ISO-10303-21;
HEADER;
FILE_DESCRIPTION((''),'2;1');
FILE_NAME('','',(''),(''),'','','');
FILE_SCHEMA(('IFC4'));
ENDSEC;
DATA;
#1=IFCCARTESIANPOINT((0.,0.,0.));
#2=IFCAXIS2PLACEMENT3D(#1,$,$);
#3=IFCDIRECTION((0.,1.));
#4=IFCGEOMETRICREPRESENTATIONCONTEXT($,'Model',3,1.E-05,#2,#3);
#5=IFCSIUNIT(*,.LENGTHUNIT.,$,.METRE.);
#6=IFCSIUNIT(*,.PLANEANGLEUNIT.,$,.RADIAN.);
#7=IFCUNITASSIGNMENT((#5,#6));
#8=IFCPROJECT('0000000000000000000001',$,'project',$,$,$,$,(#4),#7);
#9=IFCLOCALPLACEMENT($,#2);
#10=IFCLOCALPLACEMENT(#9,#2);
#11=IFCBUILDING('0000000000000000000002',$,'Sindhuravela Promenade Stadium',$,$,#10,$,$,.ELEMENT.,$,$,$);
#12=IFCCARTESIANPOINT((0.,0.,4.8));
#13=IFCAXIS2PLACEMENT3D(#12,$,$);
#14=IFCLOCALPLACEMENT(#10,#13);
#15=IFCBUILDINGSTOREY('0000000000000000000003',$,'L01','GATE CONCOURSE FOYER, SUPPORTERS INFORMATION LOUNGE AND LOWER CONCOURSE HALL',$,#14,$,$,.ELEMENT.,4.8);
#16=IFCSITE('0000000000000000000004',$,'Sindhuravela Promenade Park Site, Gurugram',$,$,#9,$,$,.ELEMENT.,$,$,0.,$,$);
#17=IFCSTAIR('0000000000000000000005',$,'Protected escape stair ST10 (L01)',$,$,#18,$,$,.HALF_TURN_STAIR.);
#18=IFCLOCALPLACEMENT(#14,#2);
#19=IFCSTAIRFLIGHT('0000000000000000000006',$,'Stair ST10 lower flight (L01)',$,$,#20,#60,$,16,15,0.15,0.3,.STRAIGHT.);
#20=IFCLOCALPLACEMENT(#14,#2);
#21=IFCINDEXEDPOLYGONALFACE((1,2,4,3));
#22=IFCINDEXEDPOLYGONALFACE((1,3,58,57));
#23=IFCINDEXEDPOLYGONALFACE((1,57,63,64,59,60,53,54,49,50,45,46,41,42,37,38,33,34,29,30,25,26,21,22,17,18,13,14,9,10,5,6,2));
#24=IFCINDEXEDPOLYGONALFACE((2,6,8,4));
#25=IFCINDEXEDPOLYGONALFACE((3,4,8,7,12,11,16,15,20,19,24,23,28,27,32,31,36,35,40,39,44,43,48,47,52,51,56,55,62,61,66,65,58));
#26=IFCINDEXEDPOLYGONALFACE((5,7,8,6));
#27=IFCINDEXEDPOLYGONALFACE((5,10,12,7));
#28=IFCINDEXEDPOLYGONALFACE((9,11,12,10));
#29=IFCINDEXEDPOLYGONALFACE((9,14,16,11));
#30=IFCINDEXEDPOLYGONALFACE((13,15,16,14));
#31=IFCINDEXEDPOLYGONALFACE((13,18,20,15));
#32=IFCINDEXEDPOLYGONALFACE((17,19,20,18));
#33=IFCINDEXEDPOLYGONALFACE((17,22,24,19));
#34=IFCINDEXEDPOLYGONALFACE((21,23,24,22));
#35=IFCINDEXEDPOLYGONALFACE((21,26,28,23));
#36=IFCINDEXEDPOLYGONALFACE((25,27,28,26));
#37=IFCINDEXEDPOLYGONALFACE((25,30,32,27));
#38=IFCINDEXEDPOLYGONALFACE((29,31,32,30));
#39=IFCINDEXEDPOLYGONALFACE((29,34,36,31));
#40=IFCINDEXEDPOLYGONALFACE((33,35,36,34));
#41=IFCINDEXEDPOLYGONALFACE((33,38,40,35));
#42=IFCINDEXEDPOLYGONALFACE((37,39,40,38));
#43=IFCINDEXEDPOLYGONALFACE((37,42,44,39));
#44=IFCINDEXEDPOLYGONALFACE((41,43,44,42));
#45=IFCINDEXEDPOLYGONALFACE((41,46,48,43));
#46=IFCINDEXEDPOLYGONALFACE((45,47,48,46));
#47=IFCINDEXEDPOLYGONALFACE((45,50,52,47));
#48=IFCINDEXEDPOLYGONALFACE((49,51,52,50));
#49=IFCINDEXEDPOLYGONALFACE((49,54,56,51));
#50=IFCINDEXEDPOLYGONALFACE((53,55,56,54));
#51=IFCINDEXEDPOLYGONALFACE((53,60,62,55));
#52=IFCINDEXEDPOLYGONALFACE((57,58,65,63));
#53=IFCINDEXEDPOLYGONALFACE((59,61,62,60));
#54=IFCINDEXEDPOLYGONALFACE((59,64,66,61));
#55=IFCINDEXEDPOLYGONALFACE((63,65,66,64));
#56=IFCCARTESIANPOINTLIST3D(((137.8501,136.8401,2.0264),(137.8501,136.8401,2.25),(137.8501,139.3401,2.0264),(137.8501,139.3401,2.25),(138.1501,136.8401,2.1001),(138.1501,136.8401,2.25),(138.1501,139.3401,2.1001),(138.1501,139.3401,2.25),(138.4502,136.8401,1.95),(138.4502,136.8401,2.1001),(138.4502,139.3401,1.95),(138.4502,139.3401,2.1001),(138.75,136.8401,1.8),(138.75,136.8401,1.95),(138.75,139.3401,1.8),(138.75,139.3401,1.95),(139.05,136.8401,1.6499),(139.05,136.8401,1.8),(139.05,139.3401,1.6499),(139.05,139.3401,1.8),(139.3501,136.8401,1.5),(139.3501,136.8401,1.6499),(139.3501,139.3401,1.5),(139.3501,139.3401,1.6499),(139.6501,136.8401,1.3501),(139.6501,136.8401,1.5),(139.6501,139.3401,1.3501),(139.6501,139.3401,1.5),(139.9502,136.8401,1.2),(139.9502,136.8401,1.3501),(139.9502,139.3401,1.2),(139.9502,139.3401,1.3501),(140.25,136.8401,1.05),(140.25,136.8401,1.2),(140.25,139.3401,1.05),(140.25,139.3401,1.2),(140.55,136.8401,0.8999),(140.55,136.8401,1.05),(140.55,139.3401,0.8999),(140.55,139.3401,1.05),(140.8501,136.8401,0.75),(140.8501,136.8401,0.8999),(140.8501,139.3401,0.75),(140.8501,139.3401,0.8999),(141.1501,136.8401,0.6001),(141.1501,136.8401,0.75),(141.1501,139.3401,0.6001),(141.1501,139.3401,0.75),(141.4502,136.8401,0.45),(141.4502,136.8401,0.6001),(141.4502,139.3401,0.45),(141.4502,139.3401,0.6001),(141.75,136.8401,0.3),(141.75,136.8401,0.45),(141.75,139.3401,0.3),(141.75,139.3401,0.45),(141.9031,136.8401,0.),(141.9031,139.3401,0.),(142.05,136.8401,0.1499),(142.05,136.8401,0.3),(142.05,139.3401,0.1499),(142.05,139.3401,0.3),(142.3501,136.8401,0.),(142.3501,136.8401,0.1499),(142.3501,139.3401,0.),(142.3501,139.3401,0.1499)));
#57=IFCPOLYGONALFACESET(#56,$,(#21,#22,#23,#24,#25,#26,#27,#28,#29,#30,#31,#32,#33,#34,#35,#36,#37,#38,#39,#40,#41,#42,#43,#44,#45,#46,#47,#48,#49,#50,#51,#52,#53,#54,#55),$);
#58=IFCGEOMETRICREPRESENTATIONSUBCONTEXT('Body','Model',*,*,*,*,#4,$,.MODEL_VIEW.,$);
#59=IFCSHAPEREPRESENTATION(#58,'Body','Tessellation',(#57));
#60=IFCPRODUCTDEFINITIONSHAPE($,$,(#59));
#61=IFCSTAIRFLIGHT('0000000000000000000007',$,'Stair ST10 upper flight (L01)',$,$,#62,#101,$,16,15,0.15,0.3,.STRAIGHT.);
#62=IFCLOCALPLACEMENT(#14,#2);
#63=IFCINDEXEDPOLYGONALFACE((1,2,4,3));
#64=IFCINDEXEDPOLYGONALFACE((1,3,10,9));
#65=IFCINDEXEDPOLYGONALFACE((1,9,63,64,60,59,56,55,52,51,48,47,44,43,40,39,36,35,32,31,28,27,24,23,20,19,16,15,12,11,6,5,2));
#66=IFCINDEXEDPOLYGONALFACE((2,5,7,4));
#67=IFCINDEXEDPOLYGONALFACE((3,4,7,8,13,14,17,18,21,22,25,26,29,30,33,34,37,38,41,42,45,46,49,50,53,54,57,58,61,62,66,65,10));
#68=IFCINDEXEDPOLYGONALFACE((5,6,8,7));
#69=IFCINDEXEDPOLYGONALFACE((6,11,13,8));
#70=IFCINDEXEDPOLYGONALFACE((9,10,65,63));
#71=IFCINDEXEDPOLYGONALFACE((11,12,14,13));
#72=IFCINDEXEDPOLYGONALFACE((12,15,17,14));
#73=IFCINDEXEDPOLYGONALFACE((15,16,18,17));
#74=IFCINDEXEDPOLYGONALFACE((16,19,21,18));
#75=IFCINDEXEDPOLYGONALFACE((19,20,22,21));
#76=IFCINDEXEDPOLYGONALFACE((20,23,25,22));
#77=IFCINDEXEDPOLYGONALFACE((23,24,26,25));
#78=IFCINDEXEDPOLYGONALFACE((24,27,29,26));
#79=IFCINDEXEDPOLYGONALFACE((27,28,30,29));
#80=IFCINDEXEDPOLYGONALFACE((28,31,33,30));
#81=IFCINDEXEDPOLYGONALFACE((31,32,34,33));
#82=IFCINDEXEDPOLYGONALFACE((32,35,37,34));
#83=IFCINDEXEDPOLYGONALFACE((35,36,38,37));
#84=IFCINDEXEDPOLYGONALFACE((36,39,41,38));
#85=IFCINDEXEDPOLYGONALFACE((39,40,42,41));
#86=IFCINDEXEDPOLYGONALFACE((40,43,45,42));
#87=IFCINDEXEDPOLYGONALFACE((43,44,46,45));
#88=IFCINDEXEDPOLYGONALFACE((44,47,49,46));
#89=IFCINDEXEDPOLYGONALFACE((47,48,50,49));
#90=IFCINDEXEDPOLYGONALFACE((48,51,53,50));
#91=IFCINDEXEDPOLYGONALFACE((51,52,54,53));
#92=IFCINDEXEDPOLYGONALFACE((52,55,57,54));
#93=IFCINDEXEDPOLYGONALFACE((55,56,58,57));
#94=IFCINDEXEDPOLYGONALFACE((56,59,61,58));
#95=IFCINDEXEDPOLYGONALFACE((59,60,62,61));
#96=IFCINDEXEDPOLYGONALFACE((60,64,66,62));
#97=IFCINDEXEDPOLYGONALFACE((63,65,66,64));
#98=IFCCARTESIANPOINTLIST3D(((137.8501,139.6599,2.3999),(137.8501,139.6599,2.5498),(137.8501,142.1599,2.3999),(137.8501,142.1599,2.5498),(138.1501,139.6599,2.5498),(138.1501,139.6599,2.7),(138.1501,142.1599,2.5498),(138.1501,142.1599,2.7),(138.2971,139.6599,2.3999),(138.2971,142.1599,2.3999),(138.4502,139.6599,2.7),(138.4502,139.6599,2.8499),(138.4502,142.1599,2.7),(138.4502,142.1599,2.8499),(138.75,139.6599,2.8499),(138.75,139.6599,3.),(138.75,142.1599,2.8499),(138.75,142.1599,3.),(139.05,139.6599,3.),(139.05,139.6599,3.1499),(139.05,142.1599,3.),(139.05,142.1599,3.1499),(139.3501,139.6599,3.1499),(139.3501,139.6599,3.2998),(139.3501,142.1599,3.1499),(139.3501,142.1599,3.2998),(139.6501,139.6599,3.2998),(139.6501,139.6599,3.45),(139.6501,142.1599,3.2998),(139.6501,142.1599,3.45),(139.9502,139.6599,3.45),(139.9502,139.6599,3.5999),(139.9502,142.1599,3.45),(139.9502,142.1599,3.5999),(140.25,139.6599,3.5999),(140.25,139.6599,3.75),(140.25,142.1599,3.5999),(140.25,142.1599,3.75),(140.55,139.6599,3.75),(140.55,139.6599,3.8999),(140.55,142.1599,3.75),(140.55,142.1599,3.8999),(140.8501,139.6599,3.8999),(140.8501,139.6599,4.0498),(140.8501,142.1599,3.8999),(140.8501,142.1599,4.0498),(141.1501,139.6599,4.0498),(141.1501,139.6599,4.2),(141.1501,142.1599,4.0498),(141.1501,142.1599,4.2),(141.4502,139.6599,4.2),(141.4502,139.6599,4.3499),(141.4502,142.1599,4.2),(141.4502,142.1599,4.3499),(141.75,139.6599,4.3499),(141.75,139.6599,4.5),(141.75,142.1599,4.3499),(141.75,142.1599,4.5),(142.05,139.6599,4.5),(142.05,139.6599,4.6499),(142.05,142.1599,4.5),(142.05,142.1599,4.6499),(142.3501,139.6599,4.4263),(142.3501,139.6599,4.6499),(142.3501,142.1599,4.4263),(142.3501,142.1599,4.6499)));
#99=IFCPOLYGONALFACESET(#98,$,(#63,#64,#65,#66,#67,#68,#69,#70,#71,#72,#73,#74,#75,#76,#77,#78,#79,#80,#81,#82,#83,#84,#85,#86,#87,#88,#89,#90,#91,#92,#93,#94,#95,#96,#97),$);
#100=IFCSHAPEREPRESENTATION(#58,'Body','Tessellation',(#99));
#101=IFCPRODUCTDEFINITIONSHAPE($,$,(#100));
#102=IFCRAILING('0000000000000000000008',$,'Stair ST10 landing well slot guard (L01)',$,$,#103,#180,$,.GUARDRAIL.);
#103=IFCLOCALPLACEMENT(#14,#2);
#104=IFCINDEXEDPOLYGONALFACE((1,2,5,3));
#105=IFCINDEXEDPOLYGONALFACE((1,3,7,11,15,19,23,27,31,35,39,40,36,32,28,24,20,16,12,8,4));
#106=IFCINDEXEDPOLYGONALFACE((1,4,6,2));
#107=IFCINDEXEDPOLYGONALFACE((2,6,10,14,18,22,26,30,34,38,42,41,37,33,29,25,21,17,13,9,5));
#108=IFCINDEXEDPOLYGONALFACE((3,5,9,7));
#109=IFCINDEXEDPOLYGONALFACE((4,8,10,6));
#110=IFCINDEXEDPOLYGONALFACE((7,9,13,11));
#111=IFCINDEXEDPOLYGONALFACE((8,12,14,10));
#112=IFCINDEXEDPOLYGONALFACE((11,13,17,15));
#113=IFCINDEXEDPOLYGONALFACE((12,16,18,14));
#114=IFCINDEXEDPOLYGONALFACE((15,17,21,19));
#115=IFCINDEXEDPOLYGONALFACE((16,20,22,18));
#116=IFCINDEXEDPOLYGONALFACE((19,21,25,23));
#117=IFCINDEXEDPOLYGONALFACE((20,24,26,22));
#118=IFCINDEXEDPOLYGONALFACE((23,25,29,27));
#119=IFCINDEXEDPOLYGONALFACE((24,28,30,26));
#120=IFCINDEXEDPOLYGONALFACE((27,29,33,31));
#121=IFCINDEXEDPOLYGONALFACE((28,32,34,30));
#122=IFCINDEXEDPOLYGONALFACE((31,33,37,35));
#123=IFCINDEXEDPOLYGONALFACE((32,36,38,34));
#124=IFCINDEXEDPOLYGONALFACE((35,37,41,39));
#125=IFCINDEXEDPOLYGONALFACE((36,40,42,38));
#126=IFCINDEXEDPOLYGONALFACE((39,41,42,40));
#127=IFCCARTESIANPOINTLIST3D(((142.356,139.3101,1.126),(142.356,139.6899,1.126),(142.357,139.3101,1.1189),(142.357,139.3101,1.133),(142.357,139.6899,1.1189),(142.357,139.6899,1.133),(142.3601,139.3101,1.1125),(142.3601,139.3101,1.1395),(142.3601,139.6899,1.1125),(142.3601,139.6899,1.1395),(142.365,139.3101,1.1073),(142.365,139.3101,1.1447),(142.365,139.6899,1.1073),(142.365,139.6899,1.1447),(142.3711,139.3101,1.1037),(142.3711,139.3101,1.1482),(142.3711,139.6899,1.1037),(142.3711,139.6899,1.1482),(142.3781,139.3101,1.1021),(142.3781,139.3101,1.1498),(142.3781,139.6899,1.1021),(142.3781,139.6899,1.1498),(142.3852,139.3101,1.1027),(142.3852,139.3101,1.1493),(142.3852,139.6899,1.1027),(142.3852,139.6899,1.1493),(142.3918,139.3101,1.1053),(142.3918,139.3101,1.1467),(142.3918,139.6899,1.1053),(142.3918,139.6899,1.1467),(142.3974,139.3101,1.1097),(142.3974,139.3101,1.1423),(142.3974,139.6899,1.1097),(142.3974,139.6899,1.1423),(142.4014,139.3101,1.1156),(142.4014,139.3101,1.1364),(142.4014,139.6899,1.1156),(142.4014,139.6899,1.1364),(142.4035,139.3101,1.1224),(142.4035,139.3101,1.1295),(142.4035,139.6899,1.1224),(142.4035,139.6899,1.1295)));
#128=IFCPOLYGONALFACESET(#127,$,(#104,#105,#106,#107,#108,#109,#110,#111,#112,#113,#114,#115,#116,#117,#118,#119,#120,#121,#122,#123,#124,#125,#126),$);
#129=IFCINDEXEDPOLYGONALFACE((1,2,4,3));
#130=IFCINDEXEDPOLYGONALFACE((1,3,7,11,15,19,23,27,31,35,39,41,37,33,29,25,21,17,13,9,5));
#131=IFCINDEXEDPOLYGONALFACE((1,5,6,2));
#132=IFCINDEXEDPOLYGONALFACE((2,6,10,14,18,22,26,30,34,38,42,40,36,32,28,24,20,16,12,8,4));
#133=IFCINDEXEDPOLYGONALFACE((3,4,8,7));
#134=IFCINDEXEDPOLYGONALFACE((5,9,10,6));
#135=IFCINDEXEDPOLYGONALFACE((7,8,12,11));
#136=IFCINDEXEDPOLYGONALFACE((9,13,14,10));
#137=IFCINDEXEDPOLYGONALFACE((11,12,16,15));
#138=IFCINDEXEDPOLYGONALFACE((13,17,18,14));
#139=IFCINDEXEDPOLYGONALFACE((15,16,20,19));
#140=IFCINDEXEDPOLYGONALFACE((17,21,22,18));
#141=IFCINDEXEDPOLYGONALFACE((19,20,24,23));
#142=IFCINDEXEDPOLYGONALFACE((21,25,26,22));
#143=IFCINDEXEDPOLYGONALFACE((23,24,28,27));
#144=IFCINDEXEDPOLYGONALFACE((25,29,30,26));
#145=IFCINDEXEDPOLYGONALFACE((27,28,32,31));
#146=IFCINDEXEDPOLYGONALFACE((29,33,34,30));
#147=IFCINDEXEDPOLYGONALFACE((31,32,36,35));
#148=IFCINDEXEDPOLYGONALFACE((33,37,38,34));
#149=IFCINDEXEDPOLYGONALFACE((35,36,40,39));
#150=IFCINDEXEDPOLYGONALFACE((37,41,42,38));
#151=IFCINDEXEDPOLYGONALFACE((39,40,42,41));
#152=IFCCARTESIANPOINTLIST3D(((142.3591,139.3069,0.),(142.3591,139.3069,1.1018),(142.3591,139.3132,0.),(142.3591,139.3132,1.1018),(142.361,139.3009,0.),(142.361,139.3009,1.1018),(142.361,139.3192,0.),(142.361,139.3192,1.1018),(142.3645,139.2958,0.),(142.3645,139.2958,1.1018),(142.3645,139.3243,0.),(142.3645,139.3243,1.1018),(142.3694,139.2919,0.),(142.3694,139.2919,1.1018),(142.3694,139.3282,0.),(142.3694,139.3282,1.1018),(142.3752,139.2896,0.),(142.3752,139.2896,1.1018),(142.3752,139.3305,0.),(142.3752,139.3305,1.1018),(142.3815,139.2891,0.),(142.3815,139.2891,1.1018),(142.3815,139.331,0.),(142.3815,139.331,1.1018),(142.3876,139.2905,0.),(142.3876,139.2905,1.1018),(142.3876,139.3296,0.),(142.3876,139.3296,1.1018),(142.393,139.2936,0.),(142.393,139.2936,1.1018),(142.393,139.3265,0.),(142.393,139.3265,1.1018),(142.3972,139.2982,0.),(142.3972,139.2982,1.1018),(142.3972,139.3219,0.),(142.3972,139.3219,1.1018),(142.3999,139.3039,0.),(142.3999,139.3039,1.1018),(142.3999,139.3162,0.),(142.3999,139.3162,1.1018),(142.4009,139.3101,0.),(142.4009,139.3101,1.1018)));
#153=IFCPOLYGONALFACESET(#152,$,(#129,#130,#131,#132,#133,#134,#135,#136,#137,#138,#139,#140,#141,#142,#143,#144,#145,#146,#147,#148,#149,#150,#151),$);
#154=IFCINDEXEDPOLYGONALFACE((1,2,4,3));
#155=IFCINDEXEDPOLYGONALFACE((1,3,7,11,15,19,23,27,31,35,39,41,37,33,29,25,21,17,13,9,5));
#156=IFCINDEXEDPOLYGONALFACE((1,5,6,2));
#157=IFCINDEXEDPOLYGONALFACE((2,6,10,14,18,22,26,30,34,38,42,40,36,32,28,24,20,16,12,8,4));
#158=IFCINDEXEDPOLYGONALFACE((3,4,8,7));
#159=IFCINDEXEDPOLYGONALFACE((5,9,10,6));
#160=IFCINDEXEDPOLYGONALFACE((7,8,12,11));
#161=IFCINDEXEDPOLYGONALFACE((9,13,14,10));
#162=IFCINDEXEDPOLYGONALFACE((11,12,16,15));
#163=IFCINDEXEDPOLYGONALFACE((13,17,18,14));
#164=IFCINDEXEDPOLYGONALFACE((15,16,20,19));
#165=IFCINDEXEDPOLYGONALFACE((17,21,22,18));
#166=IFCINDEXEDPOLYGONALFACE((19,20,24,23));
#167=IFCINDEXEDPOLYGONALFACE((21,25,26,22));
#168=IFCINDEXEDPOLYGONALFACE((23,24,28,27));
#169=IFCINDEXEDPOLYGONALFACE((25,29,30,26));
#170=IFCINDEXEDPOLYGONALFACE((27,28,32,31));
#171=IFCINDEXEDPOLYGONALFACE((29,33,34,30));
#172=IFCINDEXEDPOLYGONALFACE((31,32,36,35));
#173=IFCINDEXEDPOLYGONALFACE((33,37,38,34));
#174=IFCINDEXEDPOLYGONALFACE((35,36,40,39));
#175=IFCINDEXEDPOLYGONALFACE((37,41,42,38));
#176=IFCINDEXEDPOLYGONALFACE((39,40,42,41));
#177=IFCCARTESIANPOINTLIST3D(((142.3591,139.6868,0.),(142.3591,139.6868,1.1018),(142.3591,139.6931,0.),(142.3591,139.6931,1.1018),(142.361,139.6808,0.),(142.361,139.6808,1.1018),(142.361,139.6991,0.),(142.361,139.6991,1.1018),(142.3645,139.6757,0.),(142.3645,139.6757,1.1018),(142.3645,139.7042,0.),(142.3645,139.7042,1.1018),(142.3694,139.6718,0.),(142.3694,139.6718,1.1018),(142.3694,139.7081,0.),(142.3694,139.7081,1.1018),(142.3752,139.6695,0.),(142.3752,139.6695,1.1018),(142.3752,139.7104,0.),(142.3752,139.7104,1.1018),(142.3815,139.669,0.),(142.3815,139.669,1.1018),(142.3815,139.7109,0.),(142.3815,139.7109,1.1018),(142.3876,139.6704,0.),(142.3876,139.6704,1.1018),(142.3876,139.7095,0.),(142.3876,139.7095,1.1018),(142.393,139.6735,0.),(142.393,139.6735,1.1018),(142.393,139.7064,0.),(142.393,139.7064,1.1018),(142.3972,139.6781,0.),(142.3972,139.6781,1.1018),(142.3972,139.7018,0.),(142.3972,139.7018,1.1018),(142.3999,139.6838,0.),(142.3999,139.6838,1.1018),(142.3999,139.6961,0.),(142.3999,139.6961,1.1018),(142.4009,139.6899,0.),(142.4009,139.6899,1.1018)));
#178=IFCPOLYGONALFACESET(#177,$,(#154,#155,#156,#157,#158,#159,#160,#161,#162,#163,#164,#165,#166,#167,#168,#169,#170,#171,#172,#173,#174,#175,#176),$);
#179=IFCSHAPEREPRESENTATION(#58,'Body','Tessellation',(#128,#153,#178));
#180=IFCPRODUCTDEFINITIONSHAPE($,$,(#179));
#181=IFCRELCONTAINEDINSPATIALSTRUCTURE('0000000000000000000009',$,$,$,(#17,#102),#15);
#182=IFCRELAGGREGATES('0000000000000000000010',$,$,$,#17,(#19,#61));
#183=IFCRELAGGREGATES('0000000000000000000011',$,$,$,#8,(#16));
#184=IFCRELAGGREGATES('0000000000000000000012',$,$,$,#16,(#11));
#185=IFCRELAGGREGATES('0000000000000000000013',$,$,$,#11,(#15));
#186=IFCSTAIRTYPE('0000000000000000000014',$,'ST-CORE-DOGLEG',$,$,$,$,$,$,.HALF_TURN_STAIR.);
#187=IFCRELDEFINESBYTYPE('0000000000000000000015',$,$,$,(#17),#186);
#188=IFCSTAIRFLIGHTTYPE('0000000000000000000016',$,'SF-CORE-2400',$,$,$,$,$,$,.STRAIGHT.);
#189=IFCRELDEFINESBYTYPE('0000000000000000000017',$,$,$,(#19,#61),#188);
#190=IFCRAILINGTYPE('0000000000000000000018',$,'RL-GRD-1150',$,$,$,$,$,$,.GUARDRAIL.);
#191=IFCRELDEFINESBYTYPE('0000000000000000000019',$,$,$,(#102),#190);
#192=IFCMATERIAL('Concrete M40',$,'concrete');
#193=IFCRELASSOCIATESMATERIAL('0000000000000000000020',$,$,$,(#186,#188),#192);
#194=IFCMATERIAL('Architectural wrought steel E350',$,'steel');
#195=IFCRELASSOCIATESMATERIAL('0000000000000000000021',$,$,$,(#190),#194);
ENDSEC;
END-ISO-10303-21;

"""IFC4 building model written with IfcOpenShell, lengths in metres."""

from ifc_helpers import new_model, si_unit, direction, frame, origin, origin_2d, place, context, subcontext, project, spatial, polyline, circle, outline, extrude, material, type_object, element, aggregate, save


model = new_model("IFC4")

# Units and contexts
model_context = context("Model", 3, precision=1e-05, world=origin(), true_north=direction((0.0, 1.0)))
body_context = subcontext(model_context, "Body", "Model", "MODEL_VIEW")
ifc_project = project(units=[si_unit("LENGTHUNIT", "METRE"), si_unit("PLANEANGLEUNIT", "RADIAN")], contexts=[model_context])

# Site, building, storey
site_placement = place(None, origin())
site = spatial("IfcSite", under=ifc_project, at=site_placement, Name="Sindhuravela Promenade Park Site, Gurugram", CompositionType="ELEMENT", RefElevation=0.0)
building_placement = place(site_placement, origin())
building = spatial("IfcBuilding", under=site, at=building_placement, Name="Sindhuravela Promenade Stadium", CompositionType="ELEMENT")
storey_placement = place(building_placement, frame((0.0, 0.0, 4.8)))
storey = spatial("IfcBuildingStorey", under=building, at=storey_placement, Name="L01", Description="GATE CONCOURSE FOYER, SUPPORTERS INFORMATION LOUNGE AND LOWER CONCOURSE HALL", CompositionType="ELEMENT", Elevation=4.8)

# Shared definitions
ifc_material_1 = material(Name="Concrete M40", Category="concrete")

# Shared definitions
ifc_material_2 = material(Name="Architectural wrought steel E350", Category="steel")

# Stair, stair flights
stair_type = type_object("IfcStairType", Name="ST-CORE-DOGLEG", PredefinedType="HALF_TURN_STAIR", material=ifc_material_1)
stair_placement = place(storey_placement, origin())
stair = element("IfcStair", 1, at=stair_placement, inside=storey, type_object=stair_type, Name="Protected escape stair ST10 (L01)", PredefinedType="HALF_TURN_STAIR")
stair_flight_type = type_object("IfcStairFlightType", Name="SF-CORE-2400", PredefinedType="STRAIGHT", material=ifc_material_1)
stair_flight_1_placement = place(storey_placement, frame((142.3501, 138.0901, 0.0), z_axis=(0.0, 0.0, 1.0), x_axis=(-1.0, 0.0, 0.0)))
stair_flight_1 = element("IfcStairFlight", 2, at=stair_flight_1_placement, type_object=stair_flight_type, Name="Stair ST10 lower flight (L01)", NumberOfRisers=16, NumberOfTreads=15, PredefinedType="STRAIGHT", RiserHeight=0.15, TreadLength=0.3, context=body_context, shape_type="SweptSolid", body=[
    extrude(outline(polyline([(0.0, 0.0), (0.0, 0.1499), (0.3, 0.1499), (0.3, 0.3), (0.6001, 0.3), (0.6001, 0.45), (0.8999, 0.45), (0.8999, 0.6001), (1.2, 0.6001), (1.2, 0.75), (1.5, 0.75), (1.5, 0.8999), (1.8, 0.8999), (1.8, 1.05), (2.1001, 1.05), (2.1001, 1.2), (2.3999, 1.2), (2.3999, 1.3501), (2.7, 1.3501), (2.7, 1.5), (3.0, 1.5), (3.0, 1.6499), (3.3, 1.6499), (3.3, 1.8), (3.6001, 1.8), (3.6001, 1.95), (3.8999, 1.95), (3.8999, 2.1001), (4.2, 2.1001), (4.2, 2.25), (4.5, 2.25), (4.5, 2.3999), (4.5, 2.0264), (0.447, 0.0), (0.0, 0.0)])), frame((0.0, 1.25, 0.0), z_axis=(0.0, -1.0, 0.0), x_axis=(1.0, 0.0, 0.0)), (0.0, 0.0, 1.0), 2.5),
])
stair_flight_2_placement = place(storey_placement, frame((137.8501, 140.9099, 2.3999), z_axis=(0.0, 0.0, 1.0), x_axis=(1.0, 0.0, 0.0)))
stair_flight_2 = element("IfcStairFlight", 3, at=stair_flight_2_placement, type_object=stair_flight_type, Name="Stair ST10 upper flight (L01)", NumberOfRisers=16, NumberOfTreads=15, PredefinedType="STRAIGHT", RiserHeight=0.15, TreadLength=0.3, context=body_context, shape_type="SweptSolid", body=[
    extrude(outline(polyline([(0.0, 0.0), (0.0, 0.1499), (0.3, 0.1499), (0.3, 0.3), (0.6001, 0.3), (0.6001, 0.45), (0.8999, 0.45), (0.8999, 0.6001), (1.2, 0.6001), (1.2, 0.75), (1.5, 0.75), (1.5, 0.8999), (1.8, 0.8999), (1.8, 1.05), (2.1001, 1.05), (2.1001, 1.2), (2.3999, 1.2), (2.3999, 1.3501), (2.7, 1.3501), (2.7, 1.5), (3.0, 1.5), (3.0, 1.6499), (3.3, 1.6499), (3.3, 1.8), (3.6001, 1.8), (3.6001, 1.95), (3.8999, 1.95), (3.8999, 2.1001), (4.2, 2.1001), (4.2, 2.25), (4.5, 2.25), (4.5, 2.3999), (4.5, 2.0264), (0.447, 0.0), (0.0, 0.0)])), frame((0.0, 1.25, 0.0), z_axis=(0.0, -1.0, 0.0), x_axis=(1.0, 0.0, 0.0)), (0.0, 0.0, 1.0), 2.5),
])
aggregate(stair, [stair_flight_1, stair_flight_2])

# Railing
railing_type_1 = type_object("IfcRailingType", Name="RL-GRD-1150", PredefinedType="GUARDRAIL", material=ifc_material_2)
railing_1_placement = place(storey_placement, frame((142.3799, 139.3101, 0.0)))
element("IfcRailing", 4, at=railing_1_placement, inside=storey, type_object=railing_type_1, Name="Stair ST10 landing well slot guard (L01)", PredefinedType="GUARDRAIL", context=body_context, shape_type="SweptSolid", body=[
    extrude(circle(Radius=0.0239, at=origin_2d()), frame((0.0, 0.0, 1.126), z_axis=(0.0, 1.0, 0.0), x_axis=(-1.0, 0.0, 0.0)), (0.0, 0.0, 1.0), 0.3799),
    extrude(circle(Radius=0.021, at=origin_2d()), origin(), (0.0, 0.0, 1.0), 1.1018),
    extrude(circle(Radius=0.021, at=origin_2d()), frame((0.0, 0.3799, 0.0)), (0.0, 0.0, 1.0), 1.1018),
])

save(model, "model.ifc")
